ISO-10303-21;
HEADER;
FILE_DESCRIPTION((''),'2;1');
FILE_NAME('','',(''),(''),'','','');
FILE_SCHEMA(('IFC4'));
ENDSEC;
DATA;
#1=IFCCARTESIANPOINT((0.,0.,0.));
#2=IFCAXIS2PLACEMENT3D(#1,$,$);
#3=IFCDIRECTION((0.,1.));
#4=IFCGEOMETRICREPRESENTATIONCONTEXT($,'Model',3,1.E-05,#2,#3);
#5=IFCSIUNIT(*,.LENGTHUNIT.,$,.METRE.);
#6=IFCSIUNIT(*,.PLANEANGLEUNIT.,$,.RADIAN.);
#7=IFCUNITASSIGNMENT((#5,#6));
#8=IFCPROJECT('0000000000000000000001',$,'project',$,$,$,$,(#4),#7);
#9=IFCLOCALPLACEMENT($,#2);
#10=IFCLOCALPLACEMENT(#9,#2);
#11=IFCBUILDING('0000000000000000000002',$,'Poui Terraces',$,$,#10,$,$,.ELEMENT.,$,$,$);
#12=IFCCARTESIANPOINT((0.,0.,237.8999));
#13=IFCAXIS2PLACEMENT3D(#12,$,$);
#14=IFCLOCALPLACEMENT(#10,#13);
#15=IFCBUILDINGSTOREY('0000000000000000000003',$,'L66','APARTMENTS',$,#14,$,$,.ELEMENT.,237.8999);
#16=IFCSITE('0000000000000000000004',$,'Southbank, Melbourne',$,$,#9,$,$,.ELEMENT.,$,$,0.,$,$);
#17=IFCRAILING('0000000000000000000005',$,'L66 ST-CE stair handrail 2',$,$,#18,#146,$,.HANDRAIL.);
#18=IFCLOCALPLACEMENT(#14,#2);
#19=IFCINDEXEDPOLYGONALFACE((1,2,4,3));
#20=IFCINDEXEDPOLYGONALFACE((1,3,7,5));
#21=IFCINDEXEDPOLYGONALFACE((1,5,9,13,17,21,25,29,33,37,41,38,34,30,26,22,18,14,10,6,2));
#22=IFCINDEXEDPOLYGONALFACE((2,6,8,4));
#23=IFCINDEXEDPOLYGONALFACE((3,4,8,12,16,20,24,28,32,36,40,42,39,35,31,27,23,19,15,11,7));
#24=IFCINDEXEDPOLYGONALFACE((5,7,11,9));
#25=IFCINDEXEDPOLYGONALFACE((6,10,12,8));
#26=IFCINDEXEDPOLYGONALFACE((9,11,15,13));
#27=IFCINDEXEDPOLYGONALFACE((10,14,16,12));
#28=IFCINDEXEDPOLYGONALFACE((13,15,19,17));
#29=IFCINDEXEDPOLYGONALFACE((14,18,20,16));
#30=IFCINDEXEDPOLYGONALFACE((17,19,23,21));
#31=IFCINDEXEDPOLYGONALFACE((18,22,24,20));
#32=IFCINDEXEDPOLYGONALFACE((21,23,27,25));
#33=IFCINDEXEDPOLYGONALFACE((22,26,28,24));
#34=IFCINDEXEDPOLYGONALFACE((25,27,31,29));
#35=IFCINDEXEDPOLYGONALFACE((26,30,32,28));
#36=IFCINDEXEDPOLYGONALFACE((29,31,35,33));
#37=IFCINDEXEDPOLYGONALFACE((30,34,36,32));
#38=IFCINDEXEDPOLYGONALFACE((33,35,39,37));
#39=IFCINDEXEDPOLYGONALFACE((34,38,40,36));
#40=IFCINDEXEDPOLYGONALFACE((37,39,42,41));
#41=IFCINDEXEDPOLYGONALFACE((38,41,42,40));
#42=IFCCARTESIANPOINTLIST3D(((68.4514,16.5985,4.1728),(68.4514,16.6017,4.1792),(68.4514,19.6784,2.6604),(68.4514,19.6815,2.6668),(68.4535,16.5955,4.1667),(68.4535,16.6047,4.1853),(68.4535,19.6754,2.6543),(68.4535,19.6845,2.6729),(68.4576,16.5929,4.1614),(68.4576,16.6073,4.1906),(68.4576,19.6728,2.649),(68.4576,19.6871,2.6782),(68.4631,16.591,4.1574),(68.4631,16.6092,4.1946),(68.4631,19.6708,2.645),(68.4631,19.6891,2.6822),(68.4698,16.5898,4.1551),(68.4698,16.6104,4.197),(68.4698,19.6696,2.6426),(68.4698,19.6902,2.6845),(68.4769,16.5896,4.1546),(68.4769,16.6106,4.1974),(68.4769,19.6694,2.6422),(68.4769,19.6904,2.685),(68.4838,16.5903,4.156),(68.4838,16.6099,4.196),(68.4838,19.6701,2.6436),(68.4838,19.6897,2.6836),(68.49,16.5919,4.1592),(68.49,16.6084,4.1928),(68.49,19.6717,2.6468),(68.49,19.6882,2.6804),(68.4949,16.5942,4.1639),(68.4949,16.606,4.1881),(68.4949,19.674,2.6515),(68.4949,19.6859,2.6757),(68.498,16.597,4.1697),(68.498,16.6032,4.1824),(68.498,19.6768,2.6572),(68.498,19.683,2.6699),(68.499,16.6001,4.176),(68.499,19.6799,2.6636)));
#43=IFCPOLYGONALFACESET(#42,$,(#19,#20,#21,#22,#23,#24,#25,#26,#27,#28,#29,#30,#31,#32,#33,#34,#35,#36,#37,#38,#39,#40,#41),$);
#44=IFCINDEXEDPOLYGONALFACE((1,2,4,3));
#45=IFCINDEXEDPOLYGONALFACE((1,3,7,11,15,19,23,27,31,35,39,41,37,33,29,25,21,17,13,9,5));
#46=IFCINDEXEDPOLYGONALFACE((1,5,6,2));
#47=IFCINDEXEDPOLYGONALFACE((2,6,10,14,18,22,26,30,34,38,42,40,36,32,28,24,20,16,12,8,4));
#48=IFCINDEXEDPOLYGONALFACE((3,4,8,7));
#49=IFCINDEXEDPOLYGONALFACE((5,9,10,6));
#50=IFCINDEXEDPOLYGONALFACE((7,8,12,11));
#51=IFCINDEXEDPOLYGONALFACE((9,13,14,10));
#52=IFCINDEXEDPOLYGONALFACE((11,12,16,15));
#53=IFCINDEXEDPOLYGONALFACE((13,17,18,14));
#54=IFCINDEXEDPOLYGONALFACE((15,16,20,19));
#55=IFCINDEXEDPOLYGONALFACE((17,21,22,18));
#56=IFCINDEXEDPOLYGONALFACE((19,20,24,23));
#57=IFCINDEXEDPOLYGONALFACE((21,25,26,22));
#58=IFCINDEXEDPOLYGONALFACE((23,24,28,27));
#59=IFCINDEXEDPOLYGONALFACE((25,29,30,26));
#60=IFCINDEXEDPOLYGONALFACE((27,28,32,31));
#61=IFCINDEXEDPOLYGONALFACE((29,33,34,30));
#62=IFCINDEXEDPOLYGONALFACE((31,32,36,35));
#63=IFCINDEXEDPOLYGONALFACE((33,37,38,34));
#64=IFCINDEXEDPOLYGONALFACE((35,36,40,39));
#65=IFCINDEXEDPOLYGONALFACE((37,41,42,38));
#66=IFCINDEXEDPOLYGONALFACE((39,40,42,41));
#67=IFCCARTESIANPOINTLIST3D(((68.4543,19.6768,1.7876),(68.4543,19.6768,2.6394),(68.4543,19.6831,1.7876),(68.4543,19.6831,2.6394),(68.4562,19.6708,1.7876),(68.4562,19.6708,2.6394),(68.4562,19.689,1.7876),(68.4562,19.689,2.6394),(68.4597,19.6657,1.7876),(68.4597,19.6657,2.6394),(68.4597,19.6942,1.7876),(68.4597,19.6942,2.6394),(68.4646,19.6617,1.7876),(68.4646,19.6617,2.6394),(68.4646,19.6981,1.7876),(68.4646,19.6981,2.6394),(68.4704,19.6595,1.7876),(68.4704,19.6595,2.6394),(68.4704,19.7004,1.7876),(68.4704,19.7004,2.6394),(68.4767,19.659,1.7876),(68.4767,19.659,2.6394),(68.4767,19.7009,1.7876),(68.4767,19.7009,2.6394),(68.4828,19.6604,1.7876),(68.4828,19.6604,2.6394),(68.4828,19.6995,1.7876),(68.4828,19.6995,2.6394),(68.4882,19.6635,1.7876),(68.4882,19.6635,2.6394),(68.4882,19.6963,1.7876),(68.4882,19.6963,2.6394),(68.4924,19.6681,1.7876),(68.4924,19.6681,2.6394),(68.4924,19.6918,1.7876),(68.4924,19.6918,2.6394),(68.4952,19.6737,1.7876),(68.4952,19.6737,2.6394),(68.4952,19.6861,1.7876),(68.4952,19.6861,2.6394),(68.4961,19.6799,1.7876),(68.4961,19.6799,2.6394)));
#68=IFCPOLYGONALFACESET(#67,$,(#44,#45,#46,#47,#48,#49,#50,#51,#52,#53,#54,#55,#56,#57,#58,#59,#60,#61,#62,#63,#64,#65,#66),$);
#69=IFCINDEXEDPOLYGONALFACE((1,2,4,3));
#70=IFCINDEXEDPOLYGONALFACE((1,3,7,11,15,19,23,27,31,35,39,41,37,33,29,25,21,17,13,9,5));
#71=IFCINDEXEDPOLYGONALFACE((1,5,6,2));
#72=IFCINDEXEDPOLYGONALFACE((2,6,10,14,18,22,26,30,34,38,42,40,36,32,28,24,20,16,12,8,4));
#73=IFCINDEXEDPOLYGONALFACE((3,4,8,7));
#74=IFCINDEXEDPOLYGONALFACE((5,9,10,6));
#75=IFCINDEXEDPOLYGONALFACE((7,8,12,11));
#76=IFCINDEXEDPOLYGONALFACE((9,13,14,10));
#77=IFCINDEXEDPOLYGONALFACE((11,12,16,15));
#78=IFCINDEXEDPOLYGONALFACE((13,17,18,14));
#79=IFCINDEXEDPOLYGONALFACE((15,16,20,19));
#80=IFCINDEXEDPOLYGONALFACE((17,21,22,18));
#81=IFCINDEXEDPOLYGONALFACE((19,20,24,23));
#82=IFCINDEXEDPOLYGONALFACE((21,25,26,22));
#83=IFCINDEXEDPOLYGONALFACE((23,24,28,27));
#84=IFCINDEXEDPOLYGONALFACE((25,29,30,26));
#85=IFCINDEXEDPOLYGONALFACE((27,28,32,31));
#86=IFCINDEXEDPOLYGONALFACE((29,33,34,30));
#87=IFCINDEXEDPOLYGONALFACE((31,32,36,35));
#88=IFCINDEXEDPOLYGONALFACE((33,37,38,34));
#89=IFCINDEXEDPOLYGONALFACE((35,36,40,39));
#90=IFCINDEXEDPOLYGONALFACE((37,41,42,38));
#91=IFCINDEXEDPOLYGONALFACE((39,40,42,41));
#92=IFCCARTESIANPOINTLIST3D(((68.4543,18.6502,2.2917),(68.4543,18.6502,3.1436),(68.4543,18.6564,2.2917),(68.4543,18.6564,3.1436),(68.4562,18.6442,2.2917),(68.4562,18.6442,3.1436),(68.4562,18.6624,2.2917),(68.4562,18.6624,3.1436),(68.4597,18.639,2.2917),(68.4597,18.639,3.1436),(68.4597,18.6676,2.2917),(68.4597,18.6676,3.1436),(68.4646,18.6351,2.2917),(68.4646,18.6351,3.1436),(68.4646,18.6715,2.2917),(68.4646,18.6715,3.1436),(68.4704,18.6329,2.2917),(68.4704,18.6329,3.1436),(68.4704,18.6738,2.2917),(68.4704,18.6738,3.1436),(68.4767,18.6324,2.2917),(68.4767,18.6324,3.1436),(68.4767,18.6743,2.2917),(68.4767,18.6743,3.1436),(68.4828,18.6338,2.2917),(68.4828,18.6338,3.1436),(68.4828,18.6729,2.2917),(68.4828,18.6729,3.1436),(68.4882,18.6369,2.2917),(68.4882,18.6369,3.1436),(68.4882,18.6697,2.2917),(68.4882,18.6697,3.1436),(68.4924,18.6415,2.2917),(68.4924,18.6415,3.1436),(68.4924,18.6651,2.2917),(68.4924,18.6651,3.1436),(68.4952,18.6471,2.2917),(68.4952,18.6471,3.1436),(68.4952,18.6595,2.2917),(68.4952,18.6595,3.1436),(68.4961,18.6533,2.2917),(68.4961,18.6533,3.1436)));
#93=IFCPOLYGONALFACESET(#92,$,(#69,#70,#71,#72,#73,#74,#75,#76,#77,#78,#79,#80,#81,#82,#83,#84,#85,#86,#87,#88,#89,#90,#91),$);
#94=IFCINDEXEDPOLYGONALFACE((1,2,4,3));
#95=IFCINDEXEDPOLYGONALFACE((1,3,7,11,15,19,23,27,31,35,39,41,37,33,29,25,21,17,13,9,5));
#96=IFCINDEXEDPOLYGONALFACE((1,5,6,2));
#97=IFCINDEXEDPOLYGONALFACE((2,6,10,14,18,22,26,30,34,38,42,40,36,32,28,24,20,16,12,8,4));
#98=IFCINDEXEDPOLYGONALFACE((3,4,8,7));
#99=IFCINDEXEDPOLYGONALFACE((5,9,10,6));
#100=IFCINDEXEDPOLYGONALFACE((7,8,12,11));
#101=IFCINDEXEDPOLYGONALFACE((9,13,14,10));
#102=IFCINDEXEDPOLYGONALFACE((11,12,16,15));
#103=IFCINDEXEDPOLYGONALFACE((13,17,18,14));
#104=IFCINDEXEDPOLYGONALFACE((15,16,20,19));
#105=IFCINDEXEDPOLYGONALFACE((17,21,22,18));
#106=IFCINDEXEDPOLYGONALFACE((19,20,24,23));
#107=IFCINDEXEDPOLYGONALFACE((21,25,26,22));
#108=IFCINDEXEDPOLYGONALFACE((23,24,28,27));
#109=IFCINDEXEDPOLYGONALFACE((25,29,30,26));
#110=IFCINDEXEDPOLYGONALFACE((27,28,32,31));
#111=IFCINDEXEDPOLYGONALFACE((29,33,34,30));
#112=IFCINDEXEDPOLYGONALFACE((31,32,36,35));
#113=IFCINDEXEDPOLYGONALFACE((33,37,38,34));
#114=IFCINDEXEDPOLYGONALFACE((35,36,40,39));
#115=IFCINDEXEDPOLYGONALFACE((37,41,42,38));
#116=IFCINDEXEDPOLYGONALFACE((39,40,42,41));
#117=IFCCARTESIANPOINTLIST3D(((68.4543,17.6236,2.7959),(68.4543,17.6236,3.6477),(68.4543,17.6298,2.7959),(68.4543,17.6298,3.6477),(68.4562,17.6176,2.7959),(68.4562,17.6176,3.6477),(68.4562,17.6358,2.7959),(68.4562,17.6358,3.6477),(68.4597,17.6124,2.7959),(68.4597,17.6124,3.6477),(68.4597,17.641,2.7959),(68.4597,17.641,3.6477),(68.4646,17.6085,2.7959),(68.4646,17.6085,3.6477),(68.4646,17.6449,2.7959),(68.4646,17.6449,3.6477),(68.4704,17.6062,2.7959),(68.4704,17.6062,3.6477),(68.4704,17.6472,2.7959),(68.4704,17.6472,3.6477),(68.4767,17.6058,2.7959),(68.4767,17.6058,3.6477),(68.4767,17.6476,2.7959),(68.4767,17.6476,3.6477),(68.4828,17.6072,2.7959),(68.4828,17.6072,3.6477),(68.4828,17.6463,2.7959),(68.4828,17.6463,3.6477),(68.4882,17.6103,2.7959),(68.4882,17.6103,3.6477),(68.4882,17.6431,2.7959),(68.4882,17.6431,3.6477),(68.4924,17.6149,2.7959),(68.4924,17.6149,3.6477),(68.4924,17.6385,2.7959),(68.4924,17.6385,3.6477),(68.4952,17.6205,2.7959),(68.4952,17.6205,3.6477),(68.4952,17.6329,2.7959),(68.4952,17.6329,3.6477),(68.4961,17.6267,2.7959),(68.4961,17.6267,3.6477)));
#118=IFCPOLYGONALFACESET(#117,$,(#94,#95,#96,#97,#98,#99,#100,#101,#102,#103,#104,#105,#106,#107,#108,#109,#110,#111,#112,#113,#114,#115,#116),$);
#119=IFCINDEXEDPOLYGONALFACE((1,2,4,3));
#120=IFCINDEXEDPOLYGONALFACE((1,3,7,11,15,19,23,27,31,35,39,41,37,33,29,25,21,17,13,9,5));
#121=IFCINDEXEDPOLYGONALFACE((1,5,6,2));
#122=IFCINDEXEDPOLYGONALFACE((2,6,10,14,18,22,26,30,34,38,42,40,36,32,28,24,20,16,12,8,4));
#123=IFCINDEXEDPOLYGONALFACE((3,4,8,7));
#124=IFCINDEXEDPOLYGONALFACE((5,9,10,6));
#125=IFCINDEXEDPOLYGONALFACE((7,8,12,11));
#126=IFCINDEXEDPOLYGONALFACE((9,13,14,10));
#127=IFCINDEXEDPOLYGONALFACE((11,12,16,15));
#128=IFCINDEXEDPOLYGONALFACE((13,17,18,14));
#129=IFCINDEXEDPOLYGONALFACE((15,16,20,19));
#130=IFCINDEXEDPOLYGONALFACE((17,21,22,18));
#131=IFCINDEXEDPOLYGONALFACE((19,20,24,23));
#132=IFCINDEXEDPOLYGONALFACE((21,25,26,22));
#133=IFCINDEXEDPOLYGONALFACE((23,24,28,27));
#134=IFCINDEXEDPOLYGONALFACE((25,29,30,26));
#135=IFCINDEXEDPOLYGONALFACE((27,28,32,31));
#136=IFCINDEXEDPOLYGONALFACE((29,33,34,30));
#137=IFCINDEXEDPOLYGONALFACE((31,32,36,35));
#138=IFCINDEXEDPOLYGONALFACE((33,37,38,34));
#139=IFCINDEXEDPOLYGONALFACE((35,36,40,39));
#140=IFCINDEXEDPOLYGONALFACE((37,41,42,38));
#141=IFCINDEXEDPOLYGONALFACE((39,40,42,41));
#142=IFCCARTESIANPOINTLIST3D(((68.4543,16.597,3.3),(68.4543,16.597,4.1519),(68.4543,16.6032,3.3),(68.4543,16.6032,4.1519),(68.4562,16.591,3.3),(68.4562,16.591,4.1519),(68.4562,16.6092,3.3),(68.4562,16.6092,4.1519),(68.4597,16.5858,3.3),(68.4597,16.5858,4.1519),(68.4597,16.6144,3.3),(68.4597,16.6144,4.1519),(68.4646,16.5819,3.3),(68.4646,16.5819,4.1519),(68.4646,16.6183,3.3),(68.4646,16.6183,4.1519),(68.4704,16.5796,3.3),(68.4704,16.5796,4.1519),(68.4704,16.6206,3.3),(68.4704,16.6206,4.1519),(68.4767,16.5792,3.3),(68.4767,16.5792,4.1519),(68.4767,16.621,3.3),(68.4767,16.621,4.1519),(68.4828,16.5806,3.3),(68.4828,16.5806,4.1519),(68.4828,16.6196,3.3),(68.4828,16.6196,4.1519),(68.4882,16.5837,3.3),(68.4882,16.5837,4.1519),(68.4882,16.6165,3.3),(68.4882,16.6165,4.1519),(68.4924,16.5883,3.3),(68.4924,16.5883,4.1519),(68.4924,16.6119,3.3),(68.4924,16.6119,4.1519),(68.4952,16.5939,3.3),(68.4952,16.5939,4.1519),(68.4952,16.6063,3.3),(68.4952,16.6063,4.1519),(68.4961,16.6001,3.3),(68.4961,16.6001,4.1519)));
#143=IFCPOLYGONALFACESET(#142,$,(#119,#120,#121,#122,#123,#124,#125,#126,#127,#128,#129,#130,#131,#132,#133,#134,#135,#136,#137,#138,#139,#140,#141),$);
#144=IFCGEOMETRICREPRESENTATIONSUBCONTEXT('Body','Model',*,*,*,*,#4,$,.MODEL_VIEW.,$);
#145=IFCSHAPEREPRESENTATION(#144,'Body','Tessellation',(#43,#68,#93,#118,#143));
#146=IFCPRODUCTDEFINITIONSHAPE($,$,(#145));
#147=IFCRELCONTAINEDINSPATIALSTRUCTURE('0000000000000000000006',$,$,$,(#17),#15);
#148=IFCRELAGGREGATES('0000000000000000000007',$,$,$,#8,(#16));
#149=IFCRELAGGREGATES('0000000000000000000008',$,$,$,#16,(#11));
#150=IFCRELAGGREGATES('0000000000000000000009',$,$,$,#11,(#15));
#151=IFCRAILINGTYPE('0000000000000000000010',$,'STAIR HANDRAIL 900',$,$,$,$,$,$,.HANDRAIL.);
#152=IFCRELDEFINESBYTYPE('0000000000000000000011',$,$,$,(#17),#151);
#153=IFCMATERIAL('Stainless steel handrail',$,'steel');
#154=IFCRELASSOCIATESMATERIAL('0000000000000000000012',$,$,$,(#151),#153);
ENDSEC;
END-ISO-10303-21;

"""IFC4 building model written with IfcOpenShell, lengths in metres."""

from ifc_helpers import new_model, si_unit, direction, frame, origin, origin_2d, place, context, subcontext, project, spatial, circle, extrude, material, type_object, element, save


model = new_model("IFC4")

# Units and contexts
model_context = context("Model", 3, precision=1e-05, world=origin(), true_north=direction((0.0, 1.0)))
body_context = subcontext(model_context, "Body", "Model", "MODEL_VIEW")
ifc_project = project(units=[si_unit("LENGTHUNIT", "METRE"), si_unit("PLANEANGLEUNIT", "RADIAN")], contexts=[model_context])

# Site, building, storey
site_placement = place(None, origin())
site = spatial("IfcSite", under=ifc_project, at=site_placement, Name="Southbank, Melbourne", CompositionType="ELEMENT", RefElevation=0.0)
building_placement = place(site_placement, origin())
building = spatial("IfcBuilding", under=site, at=building_placement, Name="Poui Terraces", CompositionType="ELEMENT")
storey_placement = place(building_placement, frame((0.0, 0.0, 237.8999)))
storey = spatial("IfcBuildingStorey", under=building, at=storey_placement, Name="L66", Description="APARTMENTS", CompositionType="ELEMENT", Elevation=237.8999)

# Railing
ifc_material_1 = material(Name="Stainless steel handrail", Category="steel")
railing_type_1 = type_object("IfcRailingType", Name="STAIR HANDRAIL 900", PredefinedType="HANDRAIL", material=ifc_material_1)
railing_1_placement = place(storey_placement, frame((68.4751, 19.6799, 1.7876)))
element("IfcRailing", 1, at=railing_1_placement, inside=storey, type_object=railing_type_1, Name="L66 ST-CE stair handrail 2", PredefinedType="HANDRAIL", context=body_context, shape_type="SweptSolid", body=[
    extrude(circle(Radius=0.0239, at=origin_2d()), frame((0.0, 0.0, 0.876), z_axis=(0.0, -0.897606, 0.440798), x_axis=(1.0, 0.0, 0.0)), (0.0, 0.0, 1.0), 3.4312),
    extrude(circle(Radius=0.021, at=origin_2d()), origin(), (0.0, 0.0, 1.0), 0.8518),
    extrude(circle(Radius=0.021, at=origin_2d()), frame((0.0, -1.0266, 0.5042)), (0.0, 0.0, 1.0), 0.8518),
    extrude(circle(Radius=0.021, at=origin_2d()), frame((0.0, -2.0532, 1.0083)), (0.0, 0.0, 1.0), 0.8518),
    extrude(circle(Radius=0.021, at=origin_2d()), frame((0.0, -3.0798, 1.5125)), (0.0, 0.0, 1.0), 0.8518),
])

save(model, "model.ifc")
